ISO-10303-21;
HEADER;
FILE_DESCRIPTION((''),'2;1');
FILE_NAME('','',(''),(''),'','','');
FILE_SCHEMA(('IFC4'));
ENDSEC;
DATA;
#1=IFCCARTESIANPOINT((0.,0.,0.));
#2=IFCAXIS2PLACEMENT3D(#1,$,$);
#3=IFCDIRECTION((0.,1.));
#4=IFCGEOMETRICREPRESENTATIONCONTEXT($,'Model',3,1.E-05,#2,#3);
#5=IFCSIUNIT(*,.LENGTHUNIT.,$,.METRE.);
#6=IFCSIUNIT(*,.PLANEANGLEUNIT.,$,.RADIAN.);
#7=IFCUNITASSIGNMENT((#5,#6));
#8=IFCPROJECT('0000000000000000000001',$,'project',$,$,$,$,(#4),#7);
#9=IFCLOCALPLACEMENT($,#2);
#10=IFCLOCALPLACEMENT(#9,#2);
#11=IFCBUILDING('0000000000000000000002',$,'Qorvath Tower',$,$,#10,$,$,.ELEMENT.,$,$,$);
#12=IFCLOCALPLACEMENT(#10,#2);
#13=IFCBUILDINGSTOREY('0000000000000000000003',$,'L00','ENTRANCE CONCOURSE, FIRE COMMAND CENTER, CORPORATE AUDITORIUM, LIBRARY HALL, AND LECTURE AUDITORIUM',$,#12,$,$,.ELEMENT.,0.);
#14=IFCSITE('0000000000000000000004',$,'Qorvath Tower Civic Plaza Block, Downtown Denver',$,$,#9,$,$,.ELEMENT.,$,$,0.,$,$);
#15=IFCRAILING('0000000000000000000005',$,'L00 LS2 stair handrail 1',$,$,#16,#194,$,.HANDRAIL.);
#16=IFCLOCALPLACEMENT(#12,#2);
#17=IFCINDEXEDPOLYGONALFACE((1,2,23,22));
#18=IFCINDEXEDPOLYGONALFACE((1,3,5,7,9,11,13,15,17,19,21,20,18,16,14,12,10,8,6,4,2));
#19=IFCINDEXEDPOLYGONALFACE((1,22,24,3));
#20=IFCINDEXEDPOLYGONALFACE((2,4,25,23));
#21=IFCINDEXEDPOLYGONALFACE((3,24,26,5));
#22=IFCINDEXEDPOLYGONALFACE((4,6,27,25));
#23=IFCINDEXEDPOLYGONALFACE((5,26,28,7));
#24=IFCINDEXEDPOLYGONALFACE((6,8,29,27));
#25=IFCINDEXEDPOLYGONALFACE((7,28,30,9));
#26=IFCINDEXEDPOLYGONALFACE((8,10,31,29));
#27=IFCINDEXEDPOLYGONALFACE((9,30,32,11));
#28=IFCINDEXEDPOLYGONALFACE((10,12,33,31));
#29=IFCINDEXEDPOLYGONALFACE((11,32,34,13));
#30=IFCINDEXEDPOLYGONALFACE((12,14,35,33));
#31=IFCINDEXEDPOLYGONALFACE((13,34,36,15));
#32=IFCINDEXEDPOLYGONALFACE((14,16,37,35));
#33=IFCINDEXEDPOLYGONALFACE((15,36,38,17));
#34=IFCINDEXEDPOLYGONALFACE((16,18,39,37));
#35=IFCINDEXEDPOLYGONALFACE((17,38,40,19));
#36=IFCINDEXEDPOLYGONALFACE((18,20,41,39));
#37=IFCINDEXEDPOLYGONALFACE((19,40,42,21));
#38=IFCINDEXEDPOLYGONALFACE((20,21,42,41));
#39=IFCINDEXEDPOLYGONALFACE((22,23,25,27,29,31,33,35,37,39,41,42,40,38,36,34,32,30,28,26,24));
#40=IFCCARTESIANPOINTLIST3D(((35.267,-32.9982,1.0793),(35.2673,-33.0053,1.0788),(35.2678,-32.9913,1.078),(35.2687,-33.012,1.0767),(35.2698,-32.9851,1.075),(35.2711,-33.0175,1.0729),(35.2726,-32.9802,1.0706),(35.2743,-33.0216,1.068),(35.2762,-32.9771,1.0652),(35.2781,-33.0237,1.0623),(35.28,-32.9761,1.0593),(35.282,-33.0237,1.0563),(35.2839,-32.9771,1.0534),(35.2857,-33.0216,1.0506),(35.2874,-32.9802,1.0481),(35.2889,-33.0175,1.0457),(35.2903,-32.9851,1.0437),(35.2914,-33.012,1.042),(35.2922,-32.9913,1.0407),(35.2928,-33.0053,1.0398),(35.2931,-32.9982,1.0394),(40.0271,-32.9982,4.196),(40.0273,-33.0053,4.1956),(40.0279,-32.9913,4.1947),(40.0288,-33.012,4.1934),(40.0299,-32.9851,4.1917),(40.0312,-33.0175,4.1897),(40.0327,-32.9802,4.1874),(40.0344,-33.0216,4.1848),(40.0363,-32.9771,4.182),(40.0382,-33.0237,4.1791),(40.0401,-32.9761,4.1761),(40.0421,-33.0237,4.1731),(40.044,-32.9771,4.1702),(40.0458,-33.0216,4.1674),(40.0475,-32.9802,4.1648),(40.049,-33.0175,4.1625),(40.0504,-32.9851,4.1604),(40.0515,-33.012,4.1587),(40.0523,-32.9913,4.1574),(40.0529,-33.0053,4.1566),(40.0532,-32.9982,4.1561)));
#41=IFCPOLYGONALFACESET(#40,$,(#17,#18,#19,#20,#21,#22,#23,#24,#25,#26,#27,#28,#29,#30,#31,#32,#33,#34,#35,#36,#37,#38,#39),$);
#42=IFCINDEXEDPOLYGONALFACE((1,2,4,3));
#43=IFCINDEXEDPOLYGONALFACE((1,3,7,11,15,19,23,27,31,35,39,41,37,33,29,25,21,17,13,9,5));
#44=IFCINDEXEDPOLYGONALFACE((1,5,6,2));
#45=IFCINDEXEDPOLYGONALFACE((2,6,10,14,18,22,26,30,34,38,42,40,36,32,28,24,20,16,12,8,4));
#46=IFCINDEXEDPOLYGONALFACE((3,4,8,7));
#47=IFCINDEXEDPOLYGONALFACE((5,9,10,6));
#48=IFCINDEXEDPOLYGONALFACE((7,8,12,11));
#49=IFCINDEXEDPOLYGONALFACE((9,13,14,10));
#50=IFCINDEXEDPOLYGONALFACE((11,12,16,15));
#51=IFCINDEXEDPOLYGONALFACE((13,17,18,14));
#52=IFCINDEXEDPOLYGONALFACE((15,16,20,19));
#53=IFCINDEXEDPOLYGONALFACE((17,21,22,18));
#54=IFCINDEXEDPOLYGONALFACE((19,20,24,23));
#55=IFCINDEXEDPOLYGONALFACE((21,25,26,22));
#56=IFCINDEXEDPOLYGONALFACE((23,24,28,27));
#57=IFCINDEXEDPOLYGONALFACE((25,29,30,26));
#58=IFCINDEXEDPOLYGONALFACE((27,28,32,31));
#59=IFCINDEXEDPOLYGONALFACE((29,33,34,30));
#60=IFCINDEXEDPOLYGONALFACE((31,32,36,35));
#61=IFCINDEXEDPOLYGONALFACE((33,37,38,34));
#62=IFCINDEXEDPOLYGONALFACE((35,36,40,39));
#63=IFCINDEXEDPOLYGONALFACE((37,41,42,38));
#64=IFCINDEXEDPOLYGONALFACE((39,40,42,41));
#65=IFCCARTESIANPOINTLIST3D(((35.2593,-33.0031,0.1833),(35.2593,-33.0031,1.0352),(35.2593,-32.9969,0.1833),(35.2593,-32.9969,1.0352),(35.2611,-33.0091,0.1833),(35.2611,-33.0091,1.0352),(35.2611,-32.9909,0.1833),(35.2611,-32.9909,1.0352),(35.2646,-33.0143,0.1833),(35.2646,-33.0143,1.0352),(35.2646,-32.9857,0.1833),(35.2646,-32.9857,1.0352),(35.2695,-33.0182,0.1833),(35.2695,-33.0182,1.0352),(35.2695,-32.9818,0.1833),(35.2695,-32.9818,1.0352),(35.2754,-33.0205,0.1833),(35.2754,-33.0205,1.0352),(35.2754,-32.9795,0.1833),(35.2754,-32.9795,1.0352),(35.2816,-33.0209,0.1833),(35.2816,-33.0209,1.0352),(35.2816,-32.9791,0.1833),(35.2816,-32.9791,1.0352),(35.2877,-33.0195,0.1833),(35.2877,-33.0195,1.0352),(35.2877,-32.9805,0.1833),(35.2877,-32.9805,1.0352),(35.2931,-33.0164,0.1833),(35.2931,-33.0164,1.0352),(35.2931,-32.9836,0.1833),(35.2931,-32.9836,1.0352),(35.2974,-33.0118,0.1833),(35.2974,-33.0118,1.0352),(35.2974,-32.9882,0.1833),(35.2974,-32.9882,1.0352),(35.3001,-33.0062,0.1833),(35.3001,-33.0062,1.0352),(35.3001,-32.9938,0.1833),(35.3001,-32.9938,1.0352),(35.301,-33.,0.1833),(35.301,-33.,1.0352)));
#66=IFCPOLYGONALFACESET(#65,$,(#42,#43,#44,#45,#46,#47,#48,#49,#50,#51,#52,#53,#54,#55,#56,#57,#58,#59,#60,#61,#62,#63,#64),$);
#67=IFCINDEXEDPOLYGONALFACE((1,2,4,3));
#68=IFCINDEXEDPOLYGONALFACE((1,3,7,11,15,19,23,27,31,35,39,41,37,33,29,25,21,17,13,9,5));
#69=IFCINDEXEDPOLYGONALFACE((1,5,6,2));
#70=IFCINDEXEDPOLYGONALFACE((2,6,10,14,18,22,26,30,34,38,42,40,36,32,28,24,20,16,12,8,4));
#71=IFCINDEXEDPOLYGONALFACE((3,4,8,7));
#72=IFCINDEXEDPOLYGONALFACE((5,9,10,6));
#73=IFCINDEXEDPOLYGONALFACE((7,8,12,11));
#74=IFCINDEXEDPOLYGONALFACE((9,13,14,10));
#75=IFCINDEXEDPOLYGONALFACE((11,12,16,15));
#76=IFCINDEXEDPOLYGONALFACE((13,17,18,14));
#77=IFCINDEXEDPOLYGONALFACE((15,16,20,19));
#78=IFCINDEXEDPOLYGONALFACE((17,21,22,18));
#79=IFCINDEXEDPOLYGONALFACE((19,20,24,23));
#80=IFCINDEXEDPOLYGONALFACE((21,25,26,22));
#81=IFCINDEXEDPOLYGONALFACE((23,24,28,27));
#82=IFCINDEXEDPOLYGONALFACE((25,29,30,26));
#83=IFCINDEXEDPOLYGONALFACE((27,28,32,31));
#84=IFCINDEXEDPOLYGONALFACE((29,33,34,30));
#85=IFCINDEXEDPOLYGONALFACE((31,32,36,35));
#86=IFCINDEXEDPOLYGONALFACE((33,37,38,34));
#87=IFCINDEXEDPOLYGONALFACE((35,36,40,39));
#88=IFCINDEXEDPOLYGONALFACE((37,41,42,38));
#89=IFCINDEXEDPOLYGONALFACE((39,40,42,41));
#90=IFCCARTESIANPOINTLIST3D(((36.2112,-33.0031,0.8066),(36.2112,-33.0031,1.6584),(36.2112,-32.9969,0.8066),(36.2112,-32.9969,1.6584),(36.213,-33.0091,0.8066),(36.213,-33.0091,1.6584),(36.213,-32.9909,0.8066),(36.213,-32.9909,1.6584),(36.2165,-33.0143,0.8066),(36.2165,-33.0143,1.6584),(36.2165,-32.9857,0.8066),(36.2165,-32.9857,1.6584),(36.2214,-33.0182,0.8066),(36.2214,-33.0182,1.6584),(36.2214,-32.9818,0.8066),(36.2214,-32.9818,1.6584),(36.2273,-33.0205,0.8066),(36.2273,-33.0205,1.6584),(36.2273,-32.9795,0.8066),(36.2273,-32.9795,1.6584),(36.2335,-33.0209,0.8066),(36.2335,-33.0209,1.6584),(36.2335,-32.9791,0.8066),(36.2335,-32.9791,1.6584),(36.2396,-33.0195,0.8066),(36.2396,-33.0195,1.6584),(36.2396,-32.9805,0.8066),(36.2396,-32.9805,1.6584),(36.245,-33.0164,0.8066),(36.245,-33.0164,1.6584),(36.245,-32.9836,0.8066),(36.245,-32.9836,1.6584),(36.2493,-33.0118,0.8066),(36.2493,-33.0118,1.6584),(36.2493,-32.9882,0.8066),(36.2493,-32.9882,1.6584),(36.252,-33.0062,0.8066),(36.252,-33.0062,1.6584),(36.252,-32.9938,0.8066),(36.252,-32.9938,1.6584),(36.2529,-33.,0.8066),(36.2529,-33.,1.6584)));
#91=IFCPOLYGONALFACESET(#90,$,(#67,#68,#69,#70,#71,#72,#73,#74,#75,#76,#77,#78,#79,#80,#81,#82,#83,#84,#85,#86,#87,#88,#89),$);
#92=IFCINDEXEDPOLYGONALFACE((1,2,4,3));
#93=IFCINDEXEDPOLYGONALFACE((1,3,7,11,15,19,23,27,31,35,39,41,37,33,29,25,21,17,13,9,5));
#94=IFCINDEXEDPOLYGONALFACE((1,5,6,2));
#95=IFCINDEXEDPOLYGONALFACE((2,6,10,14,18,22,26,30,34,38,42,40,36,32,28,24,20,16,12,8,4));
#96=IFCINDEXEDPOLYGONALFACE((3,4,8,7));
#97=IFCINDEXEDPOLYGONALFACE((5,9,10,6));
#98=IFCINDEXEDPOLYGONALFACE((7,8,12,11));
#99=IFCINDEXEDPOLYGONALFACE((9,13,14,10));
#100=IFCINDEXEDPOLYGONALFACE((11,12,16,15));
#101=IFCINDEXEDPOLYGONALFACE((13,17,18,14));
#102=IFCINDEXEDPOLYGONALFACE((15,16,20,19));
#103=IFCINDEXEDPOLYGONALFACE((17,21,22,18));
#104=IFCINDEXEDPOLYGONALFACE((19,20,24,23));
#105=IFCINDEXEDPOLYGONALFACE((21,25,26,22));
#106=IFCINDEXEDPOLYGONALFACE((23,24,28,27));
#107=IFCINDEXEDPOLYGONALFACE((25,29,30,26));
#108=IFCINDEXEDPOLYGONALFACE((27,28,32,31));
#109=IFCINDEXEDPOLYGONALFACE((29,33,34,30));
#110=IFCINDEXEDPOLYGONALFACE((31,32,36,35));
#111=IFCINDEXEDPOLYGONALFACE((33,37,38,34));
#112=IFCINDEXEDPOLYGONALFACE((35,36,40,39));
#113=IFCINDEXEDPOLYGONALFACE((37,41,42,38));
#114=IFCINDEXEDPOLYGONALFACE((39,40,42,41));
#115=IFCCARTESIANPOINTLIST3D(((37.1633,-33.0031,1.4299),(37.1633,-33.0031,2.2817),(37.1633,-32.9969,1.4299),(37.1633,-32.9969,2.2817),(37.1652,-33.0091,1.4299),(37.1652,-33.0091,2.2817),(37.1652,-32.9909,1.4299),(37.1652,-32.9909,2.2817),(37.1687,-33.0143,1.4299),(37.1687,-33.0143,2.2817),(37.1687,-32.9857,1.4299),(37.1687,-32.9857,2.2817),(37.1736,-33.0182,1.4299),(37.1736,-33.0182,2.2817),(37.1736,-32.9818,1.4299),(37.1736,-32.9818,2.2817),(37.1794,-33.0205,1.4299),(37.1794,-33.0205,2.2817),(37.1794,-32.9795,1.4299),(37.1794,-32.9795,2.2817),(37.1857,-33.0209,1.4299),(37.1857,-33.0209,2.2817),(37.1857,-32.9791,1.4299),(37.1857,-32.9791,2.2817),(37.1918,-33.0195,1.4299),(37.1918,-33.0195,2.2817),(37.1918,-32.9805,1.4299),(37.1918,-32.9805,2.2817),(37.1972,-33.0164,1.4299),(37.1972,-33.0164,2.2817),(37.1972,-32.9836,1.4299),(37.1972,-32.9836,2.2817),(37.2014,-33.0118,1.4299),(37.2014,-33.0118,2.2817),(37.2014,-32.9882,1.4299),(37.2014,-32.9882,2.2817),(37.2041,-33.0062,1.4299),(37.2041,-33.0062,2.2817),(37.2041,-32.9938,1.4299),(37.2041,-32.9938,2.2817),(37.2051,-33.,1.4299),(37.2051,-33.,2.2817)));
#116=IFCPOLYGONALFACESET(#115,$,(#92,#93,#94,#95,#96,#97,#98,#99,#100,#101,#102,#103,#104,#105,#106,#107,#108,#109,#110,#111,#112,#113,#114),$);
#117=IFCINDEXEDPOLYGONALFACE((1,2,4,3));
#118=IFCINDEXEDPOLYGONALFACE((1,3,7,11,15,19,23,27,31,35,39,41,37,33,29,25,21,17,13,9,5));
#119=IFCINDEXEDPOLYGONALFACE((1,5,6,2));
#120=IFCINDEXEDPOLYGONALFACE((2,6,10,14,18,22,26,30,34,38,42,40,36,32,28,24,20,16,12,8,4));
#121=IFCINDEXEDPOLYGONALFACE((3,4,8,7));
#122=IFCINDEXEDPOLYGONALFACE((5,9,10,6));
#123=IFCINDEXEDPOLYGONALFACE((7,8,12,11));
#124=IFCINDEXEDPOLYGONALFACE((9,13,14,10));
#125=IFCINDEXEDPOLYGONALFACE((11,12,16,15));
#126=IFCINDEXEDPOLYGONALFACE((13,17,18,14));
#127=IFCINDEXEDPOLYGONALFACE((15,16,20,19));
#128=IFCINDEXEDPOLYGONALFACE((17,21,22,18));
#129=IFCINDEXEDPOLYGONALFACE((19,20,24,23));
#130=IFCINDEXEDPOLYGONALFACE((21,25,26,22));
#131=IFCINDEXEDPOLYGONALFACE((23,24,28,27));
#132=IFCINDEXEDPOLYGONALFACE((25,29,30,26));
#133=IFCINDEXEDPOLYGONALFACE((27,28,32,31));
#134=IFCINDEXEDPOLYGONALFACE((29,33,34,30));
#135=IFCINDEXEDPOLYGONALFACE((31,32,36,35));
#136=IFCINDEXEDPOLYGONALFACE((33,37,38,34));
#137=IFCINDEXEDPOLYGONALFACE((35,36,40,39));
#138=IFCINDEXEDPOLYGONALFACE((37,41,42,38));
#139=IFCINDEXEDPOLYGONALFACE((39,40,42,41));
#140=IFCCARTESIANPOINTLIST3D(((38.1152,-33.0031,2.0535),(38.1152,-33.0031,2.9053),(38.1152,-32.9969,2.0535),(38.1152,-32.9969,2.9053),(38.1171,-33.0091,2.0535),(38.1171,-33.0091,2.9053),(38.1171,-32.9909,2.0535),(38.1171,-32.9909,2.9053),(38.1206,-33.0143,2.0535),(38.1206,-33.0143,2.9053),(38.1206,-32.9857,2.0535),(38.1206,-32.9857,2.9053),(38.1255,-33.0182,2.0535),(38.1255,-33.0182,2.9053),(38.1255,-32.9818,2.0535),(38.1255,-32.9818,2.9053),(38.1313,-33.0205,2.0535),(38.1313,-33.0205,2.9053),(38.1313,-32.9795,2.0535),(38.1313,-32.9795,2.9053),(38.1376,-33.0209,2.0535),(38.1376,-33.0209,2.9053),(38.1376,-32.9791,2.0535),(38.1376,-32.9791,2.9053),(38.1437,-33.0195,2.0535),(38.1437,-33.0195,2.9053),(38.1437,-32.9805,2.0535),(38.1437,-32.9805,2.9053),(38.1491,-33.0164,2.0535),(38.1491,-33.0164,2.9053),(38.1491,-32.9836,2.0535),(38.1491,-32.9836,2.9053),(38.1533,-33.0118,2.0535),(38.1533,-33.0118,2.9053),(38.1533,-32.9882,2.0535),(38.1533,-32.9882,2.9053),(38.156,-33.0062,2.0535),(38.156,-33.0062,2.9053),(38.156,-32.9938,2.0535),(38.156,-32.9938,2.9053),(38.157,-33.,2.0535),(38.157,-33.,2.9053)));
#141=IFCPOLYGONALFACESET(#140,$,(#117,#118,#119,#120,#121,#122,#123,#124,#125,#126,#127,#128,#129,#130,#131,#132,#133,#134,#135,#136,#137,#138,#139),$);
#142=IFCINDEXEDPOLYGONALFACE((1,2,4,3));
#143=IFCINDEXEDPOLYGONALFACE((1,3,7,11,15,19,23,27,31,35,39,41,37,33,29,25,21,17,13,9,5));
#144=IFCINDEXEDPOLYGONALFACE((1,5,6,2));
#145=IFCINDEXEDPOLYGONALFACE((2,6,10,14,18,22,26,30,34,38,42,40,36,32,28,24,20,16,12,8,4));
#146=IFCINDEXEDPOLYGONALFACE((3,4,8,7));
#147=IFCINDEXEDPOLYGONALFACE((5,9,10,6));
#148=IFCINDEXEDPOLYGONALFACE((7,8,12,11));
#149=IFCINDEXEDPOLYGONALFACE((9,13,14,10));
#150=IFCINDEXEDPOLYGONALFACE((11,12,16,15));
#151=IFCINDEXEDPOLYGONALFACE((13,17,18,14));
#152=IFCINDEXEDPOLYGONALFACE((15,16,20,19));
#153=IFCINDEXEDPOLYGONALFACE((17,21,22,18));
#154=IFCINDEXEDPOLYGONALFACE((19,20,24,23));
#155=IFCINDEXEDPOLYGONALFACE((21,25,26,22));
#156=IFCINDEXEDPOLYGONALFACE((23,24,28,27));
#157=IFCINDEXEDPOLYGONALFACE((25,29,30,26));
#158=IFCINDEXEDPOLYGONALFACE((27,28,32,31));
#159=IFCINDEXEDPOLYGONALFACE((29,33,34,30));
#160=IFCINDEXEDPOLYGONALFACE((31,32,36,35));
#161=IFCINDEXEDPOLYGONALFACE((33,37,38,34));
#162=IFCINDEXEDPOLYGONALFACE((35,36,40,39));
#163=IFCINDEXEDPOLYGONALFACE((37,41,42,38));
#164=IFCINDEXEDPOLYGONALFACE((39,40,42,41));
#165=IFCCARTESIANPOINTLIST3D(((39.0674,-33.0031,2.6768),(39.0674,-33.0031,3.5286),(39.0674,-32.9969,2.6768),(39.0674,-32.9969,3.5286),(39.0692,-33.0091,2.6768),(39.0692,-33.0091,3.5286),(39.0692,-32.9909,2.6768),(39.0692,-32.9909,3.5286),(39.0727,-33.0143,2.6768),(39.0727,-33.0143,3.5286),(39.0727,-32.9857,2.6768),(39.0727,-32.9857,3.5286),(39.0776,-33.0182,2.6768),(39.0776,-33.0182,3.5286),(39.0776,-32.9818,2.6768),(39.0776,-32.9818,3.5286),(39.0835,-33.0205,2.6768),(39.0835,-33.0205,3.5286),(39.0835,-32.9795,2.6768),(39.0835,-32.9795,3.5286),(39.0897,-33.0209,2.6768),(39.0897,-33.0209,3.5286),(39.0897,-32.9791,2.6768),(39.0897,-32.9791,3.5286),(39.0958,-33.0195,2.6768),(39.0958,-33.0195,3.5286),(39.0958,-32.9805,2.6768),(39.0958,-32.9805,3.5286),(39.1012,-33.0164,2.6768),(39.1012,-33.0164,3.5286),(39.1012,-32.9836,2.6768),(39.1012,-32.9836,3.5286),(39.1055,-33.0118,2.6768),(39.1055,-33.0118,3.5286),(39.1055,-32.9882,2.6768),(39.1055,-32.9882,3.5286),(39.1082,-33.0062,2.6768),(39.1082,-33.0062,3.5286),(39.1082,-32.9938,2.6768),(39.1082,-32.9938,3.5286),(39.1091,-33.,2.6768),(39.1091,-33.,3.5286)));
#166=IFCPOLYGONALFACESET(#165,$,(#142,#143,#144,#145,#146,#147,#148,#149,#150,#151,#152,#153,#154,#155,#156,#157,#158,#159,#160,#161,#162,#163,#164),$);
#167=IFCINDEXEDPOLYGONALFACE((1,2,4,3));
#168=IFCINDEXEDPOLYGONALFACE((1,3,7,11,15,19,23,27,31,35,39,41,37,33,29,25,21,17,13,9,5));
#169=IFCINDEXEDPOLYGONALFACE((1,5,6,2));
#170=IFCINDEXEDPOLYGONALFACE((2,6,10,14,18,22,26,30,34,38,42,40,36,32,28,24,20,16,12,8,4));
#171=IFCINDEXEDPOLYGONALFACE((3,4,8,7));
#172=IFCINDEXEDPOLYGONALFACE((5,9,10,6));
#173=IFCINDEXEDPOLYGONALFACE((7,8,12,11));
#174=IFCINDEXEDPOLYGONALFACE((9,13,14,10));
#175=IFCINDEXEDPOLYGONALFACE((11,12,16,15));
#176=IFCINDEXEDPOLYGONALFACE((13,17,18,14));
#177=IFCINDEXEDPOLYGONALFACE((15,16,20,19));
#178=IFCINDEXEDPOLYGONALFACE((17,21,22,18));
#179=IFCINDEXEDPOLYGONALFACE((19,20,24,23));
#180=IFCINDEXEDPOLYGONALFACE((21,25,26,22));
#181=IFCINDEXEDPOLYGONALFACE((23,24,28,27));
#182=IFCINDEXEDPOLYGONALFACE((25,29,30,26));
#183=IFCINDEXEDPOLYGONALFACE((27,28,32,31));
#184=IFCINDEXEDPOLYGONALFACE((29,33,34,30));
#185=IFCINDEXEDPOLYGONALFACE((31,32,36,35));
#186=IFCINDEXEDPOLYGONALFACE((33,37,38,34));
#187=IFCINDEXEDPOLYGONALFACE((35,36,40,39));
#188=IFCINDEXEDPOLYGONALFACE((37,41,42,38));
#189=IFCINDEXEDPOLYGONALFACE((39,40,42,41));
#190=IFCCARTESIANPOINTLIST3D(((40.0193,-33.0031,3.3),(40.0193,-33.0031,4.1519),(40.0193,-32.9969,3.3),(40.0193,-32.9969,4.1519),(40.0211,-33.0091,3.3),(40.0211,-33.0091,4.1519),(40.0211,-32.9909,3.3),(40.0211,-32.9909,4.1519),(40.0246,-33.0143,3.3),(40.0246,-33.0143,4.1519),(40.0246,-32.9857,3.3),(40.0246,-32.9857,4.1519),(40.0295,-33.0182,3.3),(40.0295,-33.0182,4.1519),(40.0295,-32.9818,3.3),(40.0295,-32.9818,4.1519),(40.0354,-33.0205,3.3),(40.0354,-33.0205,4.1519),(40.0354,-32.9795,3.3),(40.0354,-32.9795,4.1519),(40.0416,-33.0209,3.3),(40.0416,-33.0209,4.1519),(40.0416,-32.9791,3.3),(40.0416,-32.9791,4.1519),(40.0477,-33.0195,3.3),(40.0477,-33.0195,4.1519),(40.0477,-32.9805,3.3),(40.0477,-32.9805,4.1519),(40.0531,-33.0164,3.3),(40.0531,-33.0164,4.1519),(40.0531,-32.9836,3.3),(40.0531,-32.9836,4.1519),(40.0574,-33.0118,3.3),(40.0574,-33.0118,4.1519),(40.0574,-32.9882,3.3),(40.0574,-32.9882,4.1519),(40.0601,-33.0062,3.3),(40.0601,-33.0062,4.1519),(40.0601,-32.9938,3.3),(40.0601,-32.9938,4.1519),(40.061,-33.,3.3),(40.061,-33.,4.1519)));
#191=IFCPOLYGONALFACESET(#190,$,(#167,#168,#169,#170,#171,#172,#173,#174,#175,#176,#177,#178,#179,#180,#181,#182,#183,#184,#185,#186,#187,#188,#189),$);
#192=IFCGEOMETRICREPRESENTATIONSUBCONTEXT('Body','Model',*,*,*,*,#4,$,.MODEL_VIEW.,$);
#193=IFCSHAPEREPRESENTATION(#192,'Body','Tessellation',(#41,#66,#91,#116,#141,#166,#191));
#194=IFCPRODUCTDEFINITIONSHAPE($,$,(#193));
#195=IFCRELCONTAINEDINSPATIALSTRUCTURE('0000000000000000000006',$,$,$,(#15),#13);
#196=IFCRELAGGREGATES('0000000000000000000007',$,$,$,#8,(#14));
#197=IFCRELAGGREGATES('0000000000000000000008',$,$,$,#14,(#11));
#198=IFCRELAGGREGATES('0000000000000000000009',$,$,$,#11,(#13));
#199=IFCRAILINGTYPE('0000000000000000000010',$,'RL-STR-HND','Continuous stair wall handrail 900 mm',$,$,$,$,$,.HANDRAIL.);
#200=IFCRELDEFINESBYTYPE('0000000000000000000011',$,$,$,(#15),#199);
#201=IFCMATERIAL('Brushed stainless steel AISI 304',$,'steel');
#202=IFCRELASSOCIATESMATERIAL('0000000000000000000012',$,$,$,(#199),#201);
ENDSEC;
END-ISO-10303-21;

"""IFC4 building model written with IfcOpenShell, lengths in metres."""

from ifc_helpers import new_model, si_unit, direction, frame, origin, origin_2d, place, context, subcontext, project, spatial, circle, extrude, material, type_object, element, save


model = new_model("IFC4")

# Units and contexts
model_context = context("Model", 3, precision=1e-05, world=origin(), true_north=direction((0.0, 1.0)))
body_context = subcontext(model_context, "Body", "Model", "MODEL_VIEW")
ifc_project = project(units=[si_unit("LENGTHUNIT", "METRE"), si_unit("PLANEANGLEUNIT", "RADIAN")], contexts=[model_context])

# Site, building, storey
site_placement = place(None, origin())
site = spatial("IfcSite", under=ifc_project, at=site_placement, Name="Qorvath Tower Civic Plaza Block, Downtown Denver", CompositionType="ELEMENT", RefElevation=0.0)
building_placement = place(site_placement, origin())
building = spatial("IfcBuilding", under=site, at=building_placement, Name="Qorvath Tower", CompositionType="ELEMENT")
storey_placement = place(building_placement, origin())
storey = spatial("IfcBuildingStorey", under=building, at=storey_placement, Name="L00", Description="ENTRANCE CONCOURSE, FIRE COMMAND CENTER, CORPORATE AUDITORIUM, LIBRARY HALL, AND LECTURE AUDITORIUM", CompositionType="ELEMENT", Elevation=0.0)

# Railing
ifc_material_1 = material(Name="Brushed stainless steel AISI 304", Category="steel")
railing_type_1 = type_object("IfcRailingType", Name="RL-STR-HND", Description="Continuous stair wall handrail 900 mm", PredefinedType="HANDRAIL", material=ifc_material_1)
railing_1_placement = place(storey_placement, frame((35.28, -33.0, 0.1833)))
element("IfcRailing", 1, at=railing_1_placement, inside=storey, type_object=railing_type_1, Name="L00 LS2 stair handrail 1", PredefinedType="HANDRAIL", context=body_context, shape_type="SweptSolid", body=[
    extrude(circle(Radius=0.0239, at=origin_2d()), frame((0.0, 0.0, 0.876), z_axis=(0.836616, 0.0, 0.547789), x_axis=(0.0, 1.0, 0.0)), (0.0, 0.0, 1.0), 5.6897),
    extrude(circle(Radius=0.021, at=origin_2d()), origin(), (0.0, 0.0, 1.0), 0.8518),
    extrude(circle(Radius=0.021, at=origin_2d()), frame((0.9519, 0.0, 0.6233)), (0.0, 0.0, 1.0), 0.8518),
    extrude(circle(Radius=0.021, at=origin_2d()), frame((1.9041, 0.0, 1.2466)), (0.0, 0.0, 1.0), 0.8518),
    extrude(circle(Radius=0.021, at=origin_2d()), frame((2.856, 0.0, 1.8701)), (0.0, 0.0, 1.0), 0.8518),
    extrude(circle(Radius=0.021, at=origin_2d()), frame((3.8081, 0.0, 2.4934)), (0.0, 0.0, 1.0), 0.8518),
    extrude(circle(Radius=0.021, at=origin_2d()), frame((4.76, 0.0, 3.1167)), (0.0, 0.0, 1.0), 0.8518),
])

save(model, "model.ifc")
